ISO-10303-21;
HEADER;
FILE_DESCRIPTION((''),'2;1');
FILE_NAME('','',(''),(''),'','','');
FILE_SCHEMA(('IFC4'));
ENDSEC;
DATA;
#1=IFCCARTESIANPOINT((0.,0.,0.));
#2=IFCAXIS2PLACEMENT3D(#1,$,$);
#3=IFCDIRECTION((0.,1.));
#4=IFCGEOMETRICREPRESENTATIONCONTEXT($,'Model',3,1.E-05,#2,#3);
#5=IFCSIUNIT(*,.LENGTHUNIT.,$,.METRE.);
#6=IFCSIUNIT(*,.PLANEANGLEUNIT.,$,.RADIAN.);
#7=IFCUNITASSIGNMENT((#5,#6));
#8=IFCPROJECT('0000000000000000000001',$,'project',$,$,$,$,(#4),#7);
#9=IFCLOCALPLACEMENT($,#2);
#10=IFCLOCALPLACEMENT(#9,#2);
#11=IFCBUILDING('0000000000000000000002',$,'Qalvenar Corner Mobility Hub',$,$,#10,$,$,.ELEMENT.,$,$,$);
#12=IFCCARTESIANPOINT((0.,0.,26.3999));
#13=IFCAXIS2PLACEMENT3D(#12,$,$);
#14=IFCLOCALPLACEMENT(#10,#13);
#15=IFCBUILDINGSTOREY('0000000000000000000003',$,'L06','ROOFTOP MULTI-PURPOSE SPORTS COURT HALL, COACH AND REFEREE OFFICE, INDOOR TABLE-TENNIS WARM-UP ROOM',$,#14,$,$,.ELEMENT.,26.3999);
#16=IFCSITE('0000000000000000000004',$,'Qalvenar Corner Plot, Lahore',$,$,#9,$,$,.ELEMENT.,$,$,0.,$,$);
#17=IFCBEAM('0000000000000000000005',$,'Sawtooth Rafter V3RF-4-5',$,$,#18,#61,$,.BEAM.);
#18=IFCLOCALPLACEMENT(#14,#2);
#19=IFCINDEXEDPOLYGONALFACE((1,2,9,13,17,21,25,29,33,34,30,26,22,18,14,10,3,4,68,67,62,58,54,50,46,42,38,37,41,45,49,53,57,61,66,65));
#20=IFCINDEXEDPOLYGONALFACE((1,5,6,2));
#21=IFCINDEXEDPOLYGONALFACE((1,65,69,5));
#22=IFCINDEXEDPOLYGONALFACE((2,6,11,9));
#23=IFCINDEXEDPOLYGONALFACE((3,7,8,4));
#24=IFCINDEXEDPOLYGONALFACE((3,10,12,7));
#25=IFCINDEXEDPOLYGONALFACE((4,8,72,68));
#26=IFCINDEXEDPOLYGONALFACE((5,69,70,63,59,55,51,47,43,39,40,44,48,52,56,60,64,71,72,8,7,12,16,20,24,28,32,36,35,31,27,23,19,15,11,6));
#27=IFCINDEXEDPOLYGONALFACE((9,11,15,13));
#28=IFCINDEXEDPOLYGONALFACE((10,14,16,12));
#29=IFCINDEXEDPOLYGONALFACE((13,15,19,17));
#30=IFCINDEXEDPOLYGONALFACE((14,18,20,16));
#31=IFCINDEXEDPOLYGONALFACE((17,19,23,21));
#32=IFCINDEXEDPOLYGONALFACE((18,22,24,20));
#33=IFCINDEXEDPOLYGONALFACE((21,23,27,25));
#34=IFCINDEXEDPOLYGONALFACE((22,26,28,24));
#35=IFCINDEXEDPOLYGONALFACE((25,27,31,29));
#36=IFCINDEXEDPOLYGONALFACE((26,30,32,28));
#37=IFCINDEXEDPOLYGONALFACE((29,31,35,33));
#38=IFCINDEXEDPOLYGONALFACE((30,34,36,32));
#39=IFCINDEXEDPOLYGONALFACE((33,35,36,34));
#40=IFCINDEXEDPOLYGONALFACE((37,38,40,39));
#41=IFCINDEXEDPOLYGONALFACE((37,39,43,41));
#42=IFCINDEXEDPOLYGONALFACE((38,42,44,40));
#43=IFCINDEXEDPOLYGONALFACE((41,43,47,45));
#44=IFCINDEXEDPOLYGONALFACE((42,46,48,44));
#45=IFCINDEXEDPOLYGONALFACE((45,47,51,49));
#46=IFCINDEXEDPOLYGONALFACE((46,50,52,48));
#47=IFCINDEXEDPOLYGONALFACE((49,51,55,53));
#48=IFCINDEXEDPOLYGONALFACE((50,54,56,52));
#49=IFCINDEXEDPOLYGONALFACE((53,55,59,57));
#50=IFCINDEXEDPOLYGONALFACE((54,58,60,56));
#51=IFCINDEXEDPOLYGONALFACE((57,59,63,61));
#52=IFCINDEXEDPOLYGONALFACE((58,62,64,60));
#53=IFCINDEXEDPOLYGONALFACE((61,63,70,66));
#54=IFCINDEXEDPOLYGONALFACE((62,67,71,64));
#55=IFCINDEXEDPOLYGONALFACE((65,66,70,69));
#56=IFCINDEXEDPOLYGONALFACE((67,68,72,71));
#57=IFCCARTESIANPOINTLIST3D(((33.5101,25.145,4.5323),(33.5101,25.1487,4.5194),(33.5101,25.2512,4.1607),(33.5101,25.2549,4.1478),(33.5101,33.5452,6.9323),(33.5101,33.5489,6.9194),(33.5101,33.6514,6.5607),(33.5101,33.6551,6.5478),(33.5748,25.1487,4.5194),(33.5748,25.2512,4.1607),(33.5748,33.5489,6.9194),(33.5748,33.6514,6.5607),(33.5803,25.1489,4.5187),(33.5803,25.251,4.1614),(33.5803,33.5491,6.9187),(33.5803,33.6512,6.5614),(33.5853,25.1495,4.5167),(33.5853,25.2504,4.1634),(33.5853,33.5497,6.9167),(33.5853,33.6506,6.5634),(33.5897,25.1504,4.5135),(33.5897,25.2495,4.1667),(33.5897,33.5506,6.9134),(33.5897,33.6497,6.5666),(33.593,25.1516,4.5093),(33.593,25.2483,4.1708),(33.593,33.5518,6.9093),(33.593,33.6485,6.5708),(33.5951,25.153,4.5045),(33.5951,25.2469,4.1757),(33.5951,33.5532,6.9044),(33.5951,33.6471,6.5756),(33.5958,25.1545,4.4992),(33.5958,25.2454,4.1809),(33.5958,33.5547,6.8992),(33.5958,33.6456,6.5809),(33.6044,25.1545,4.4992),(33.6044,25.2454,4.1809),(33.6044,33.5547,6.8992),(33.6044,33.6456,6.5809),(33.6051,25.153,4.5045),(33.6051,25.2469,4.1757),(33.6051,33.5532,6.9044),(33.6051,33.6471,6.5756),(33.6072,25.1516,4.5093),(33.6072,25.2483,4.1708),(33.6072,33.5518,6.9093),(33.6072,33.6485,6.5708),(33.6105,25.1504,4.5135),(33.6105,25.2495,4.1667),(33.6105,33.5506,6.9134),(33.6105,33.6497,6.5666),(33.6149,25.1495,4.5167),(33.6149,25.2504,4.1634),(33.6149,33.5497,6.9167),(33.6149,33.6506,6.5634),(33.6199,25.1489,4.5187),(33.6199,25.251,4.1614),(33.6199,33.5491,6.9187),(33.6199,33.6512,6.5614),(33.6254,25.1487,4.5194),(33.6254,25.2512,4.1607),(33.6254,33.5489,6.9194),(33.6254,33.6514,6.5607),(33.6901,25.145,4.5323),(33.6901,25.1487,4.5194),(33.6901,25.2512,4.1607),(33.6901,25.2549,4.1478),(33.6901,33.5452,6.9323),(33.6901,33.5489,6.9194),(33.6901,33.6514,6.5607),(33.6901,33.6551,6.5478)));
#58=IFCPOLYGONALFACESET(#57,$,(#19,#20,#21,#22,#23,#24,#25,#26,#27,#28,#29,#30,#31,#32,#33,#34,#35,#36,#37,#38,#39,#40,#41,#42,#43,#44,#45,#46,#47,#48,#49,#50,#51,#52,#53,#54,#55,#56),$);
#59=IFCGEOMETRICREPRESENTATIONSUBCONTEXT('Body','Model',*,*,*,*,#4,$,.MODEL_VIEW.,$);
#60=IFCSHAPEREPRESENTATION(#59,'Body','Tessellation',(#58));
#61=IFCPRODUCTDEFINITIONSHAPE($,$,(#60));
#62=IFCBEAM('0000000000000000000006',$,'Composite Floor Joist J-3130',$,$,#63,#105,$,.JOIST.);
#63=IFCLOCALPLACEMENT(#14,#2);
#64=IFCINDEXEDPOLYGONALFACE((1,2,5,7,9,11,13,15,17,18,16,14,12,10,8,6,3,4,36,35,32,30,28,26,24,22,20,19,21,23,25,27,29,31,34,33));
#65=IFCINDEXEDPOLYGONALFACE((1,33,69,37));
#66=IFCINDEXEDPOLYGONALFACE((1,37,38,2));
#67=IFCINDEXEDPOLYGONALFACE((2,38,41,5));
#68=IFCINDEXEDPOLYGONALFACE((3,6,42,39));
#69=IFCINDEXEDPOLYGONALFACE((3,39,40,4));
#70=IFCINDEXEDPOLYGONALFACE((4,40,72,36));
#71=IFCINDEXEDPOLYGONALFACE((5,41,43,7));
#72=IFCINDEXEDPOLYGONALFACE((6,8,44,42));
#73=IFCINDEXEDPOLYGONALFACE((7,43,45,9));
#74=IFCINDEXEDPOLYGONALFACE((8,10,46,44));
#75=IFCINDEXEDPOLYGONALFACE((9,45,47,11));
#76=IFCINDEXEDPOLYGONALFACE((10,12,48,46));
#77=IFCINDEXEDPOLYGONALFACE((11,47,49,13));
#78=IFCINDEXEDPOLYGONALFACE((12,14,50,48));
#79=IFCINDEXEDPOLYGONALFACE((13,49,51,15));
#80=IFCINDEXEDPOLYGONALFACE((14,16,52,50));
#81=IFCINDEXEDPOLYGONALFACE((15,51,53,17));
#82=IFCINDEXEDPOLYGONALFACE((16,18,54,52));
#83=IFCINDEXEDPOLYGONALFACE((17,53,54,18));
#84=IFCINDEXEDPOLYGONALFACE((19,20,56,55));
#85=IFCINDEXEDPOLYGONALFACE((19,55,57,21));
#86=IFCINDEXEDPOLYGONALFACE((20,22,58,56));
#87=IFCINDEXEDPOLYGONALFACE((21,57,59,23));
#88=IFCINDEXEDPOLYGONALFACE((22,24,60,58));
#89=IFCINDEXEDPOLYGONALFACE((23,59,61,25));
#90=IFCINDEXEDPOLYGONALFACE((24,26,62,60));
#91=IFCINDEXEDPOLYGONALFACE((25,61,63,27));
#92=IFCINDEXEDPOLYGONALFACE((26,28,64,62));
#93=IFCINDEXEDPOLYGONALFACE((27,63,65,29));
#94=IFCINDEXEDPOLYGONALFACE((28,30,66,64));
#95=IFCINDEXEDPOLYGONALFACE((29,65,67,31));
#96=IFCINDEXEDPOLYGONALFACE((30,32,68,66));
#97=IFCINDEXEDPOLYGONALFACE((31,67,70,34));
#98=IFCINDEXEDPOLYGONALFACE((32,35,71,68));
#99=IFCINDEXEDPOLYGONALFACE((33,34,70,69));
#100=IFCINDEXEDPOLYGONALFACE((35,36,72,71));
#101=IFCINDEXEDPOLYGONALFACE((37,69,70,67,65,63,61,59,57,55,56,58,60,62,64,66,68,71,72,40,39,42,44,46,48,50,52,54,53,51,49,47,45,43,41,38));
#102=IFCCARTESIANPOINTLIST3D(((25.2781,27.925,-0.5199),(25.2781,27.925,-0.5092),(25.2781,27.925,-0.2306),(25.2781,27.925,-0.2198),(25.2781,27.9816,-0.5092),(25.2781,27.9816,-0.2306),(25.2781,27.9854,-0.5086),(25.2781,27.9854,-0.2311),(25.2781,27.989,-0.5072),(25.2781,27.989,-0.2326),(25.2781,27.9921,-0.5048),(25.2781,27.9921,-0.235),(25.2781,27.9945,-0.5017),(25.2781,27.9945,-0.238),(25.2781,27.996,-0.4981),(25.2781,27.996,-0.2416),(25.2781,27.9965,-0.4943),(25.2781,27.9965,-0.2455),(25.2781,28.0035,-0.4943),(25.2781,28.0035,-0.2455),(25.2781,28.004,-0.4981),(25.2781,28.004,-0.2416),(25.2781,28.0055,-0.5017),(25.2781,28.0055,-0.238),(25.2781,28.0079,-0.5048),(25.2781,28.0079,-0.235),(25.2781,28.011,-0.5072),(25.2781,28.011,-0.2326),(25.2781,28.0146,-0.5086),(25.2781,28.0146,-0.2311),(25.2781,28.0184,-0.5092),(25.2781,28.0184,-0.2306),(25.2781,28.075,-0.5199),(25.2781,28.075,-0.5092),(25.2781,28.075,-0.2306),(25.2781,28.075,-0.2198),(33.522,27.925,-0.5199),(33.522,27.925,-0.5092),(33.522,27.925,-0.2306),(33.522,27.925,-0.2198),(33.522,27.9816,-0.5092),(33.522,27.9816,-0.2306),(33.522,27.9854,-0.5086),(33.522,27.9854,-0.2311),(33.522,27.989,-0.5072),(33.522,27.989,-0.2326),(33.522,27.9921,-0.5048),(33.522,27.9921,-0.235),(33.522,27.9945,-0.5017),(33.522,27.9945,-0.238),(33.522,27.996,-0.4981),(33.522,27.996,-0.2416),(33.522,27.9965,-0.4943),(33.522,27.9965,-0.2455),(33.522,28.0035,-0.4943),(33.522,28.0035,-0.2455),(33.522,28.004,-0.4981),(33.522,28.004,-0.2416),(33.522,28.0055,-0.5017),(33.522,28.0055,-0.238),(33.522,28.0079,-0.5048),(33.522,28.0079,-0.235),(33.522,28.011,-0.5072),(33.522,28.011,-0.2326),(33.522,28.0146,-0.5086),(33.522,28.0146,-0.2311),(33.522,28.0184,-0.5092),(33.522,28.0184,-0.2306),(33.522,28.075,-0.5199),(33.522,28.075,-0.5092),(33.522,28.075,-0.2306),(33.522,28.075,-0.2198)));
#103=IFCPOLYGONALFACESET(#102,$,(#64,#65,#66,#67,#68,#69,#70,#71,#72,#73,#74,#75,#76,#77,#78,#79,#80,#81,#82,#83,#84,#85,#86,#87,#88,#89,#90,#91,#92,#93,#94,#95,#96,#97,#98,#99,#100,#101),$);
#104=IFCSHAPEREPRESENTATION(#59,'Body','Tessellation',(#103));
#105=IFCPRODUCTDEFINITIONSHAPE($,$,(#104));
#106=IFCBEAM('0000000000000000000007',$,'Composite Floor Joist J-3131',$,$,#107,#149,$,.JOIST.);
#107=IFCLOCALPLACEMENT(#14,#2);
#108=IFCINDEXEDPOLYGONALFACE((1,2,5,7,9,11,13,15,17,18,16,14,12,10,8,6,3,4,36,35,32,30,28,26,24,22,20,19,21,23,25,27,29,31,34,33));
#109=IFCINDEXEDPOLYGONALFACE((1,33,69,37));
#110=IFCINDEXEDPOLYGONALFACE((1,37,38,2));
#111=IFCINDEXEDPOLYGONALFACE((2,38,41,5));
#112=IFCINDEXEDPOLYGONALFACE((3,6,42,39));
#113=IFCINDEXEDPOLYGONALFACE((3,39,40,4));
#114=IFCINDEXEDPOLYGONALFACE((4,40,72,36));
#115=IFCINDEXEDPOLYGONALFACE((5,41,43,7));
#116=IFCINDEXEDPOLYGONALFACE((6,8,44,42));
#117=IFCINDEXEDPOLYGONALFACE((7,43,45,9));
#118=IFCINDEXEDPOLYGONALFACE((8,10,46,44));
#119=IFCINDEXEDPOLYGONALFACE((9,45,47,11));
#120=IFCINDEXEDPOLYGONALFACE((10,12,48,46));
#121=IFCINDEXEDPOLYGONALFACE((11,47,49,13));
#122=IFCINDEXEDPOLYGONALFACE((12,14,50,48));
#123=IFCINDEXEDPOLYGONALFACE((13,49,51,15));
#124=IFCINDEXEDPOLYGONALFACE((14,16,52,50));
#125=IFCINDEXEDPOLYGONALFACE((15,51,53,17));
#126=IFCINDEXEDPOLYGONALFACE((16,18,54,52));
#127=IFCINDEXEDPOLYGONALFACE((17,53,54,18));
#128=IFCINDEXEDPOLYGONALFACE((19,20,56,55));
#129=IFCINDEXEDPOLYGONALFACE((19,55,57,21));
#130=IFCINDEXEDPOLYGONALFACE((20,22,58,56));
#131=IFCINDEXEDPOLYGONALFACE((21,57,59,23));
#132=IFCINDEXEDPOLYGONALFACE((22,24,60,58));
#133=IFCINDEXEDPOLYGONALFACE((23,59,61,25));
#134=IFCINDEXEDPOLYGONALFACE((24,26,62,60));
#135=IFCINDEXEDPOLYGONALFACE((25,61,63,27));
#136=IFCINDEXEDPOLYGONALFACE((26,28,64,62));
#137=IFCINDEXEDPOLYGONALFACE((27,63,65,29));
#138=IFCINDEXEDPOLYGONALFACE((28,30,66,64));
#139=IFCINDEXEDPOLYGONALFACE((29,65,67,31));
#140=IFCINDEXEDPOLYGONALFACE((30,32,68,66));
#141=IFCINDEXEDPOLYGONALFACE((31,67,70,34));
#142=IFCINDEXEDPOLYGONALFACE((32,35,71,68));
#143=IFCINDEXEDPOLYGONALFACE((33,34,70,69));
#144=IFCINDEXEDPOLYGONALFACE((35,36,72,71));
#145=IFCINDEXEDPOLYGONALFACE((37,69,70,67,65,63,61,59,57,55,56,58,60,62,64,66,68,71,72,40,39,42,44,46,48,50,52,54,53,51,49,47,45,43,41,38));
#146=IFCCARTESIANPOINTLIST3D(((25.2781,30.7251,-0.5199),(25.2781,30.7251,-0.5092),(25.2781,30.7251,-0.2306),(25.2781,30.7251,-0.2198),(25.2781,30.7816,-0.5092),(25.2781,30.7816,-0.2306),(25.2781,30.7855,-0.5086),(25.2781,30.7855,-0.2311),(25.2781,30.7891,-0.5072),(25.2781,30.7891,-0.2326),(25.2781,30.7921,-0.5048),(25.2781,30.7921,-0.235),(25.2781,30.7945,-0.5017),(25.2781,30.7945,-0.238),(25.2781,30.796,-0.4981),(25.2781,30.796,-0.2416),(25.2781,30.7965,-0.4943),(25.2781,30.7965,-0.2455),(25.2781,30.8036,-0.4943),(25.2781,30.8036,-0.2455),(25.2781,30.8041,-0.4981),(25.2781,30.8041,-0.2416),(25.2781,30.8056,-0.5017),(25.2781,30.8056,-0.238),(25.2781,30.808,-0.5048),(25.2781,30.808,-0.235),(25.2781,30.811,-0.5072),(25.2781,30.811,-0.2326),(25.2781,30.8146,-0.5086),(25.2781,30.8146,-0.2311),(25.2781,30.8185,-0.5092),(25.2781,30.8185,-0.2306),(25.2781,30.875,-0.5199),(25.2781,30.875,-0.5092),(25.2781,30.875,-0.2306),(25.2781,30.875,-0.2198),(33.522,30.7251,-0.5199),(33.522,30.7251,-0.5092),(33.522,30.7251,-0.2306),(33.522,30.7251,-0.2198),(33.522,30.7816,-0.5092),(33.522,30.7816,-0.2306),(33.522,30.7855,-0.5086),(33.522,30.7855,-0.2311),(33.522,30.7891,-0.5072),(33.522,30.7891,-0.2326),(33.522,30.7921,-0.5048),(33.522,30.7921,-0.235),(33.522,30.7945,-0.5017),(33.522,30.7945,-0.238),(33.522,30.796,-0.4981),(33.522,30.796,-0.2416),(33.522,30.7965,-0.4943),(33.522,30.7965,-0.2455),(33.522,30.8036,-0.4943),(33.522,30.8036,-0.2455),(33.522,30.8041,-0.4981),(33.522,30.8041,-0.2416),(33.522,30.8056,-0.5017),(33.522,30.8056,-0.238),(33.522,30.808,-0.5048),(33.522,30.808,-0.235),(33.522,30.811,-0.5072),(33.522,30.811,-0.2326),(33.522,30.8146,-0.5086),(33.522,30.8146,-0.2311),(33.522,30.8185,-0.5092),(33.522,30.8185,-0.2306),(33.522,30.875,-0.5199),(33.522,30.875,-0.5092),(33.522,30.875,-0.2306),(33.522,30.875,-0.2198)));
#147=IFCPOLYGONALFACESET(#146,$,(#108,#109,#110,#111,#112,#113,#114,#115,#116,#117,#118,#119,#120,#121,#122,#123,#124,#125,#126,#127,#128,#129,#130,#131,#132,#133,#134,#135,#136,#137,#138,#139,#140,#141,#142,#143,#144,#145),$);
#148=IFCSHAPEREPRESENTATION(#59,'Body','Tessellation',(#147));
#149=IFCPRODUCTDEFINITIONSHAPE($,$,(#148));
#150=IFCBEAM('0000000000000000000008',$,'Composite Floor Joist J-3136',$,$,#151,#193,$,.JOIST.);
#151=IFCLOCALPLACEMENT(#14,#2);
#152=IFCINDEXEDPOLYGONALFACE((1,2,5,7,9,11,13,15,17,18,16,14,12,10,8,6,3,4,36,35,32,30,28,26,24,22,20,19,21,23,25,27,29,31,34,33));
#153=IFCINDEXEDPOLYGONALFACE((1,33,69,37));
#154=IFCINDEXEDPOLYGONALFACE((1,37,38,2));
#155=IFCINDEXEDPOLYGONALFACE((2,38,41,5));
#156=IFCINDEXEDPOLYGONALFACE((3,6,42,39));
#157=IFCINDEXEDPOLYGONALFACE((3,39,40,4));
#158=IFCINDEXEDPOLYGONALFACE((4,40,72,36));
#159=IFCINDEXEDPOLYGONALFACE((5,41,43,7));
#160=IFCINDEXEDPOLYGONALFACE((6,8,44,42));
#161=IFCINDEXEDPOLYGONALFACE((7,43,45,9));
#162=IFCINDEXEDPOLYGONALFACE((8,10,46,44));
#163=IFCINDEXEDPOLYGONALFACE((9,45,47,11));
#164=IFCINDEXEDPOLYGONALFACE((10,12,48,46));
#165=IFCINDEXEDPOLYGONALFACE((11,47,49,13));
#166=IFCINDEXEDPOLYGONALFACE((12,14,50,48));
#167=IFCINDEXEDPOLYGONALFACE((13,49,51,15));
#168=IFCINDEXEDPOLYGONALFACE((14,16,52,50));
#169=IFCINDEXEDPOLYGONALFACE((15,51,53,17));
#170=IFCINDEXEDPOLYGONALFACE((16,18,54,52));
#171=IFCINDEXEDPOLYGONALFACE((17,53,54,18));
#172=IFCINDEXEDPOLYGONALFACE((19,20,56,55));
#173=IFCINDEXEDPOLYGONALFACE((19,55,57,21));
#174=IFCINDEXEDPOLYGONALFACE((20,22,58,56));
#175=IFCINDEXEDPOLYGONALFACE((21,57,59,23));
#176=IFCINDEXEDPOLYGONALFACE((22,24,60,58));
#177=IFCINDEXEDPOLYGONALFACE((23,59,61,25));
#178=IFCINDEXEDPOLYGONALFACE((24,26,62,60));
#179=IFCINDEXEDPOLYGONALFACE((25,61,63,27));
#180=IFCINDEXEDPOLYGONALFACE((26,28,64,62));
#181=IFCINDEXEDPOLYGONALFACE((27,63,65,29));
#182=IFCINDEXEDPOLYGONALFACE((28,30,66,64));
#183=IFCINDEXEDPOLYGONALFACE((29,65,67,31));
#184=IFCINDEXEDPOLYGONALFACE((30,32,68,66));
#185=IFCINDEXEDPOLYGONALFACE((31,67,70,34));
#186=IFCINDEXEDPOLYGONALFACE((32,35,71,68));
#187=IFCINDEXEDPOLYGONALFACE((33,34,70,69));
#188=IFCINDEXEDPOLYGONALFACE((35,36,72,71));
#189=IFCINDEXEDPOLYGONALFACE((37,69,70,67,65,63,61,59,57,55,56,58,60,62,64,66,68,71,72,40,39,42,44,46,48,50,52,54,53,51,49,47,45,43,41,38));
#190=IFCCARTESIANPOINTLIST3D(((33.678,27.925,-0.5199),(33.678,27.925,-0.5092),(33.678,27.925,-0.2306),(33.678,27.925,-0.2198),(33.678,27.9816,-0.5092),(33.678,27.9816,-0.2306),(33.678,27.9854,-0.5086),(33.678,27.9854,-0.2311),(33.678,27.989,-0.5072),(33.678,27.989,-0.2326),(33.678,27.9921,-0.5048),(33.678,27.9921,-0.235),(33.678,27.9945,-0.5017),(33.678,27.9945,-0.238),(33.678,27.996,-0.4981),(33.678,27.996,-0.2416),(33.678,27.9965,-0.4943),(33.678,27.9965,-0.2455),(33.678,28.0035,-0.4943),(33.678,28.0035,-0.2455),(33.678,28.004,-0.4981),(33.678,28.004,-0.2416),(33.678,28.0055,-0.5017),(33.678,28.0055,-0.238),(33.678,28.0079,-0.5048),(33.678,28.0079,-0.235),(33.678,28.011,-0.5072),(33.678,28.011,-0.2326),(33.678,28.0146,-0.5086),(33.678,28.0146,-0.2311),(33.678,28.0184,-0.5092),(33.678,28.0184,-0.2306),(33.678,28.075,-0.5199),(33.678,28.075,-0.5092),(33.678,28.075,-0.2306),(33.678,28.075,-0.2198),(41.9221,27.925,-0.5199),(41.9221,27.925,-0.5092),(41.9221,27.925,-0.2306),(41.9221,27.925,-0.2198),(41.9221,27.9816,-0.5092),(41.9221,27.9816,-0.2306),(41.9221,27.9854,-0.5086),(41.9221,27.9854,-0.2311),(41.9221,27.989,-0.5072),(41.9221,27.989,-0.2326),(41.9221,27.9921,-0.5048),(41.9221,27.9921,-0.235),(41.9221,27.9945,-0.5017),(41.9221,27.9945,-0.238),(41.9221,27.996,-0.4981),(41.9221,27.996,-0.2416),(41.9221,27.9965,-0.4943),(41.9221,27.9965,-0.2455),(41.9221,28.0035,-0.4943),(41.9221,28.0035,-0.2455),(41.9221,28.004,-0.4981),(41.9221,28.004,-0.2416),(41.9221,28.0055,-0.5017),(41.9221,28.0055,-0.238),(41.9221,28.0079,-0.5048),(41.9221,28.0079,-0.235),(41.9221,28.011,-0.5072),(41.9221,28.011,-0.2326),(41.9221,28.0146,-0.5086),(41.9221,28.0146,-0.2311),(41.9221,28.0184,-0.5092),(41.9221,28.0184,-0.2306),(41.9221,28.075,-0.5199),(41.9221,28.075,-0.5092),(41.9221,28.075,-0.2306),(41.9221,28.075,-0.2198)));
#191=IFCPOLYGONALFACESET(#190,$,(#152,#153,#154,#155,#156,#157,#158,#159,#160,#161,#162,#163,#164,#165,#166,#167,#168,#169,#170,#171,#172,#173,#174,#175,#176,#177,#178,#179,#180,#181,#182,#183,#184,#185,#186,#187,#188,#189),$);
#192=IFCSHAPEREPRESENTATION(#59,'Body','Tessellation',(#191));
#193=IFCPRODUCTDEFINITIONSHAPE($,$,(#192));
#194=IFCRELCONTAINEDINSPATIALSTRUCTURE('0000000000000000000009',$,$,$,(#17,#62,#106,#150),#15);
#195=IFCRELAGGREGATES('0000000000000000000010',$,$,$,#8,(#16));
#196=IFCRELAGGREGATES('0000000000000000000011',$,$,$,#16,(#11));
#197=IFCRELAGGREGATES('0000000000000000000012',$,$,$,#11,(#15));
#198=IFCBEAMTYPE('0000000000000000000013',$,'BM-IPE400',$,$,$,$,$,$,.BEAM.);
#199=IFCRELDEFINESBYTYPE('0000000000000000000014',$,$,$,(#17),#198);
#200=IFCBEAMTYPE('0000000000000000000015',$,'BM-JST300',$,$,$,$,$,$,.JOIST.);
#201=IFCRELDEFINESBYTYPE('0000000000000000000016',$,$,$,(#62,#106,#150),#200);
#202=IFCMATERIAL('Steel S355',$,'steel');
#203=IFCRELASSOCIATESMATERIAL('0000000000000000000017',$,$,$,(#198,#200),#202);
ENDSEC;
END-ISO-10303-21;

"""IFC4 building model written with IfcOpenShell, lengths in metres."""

from ifc_helpers import new_model, si_unit, direction, frame, origin, origin_2d, place, context, subcontext, project, spatial, i_section, extrude, material, material_profile, profile_set, type_object, element, save


model = new_model("IFC4")

# Units and contexts
model_context = context("Model", 3, precision=1e-05, world=origin(), true_north=direction((0.0, 1.0)))
body_context = subcontext(model_context, "Body", "Model", "MODEL_VIEW")
ifc_project = project(units=[si_unit("LENGTHUNIT", "METRE"), si_unit("PLANEANGLEUNIT", "RADIAN")], contexts=[model_context])

# Site, building, storey
site_placement = place(None, origin())
site = spatial("IfcSite", under=ifc_project, at=site_placement, Name="Qalvenar Corner Plot, Lahore", CompositionType="ELEMENT", RefElevation=0.0)
building_placement = place(site_placement, origin())
building = spatial("IfcBuilding", under=site, at=building_placement, Name="Qalvenar Corner Mobility Hub", CompositionType="ELEMENT")
storey_placement = place(building_placement, frame((0.0, 0.0, 26.3999)))
storey = spatial("IfcBuildingStorey", under=building, at=storey_placement, Name="L06", Description="ROOFTOP MULTI-PURPOSE SPORTS COURT HALL, COACH AND REFEREE OFFICE, INDOOR TABLE-TENNIS WARM-UP ROOM", CompositionType="ELEMENT", Elevation=26.3999)

# Shared definitions
ifc_material_1 = material(Name="Steel S355", Category="steel")

# Beams
ifc_material_profile_1 = material_profile(ifc_material_1, i_section(OverallWidth=0.1799, OverallDepth=0.3999, WebThickness=0.0085, FlangeThickness=0.0134, FilletRadius=0.021, at=origin_2d()), Name="IPE400")
ifc_profile_set_1 = profile_set([ifc_material_profile_1], Name="Steel S355")
beam_type_1 = type_object("IfcBeamType", Name="BM-IPE400", PredefinedType="BEAM", material=ifc_profile_set_1)
beam_1_placement = place(storey_placement, frame((33.6001, 25.2, 4.3401), z_axis=(0.0, 0.961528, 0.274706), x_axis=(-1.0, 0.0, 0.0)))
element("IfcBeam", 1, at=beam_1_placement, inside=storey, type_object=beam_type_1, Name="Sawtooth Rafter V3RF-4-5", PredefinedType="BEAM", context=body_context, shape_type="SweptSolid", body=[
    extrude(i_section(OverallWidth=0.1799, OverallDepth=0.3999, WebThickness=0.0085, FlangeThickness=0.0134, FilletRadius=0.021, at=origin_2d()), origin(), (0.0, 0.0, 1.0), 8.7363),
])
ifc_material_profile_2 = material_profile(ifc_material_1, i_section(OverallWidth=0.1499, OverallDepth=0.3, WebThickness=0.0071, FlangeThickness=0.0107, FilletRadius=0.0149, at=origin_2d()), Name="IPE300")
ifc_profile_set_2 = profile_set([ifc_material_profile_2], Name="Steel S355")
beam_type_2 = type_object("IfcBeamType", Name="BM-JST300", PredefinedType="JOIST", material=ifc_profile_set_2)
for number, where, z_axis, x_axis, name in (
    (2, (25.2781, 28.0, -0.3699), (1.0, 0.0, 0.0), (0.0, 1.0, 0.0), "Composite Floor Joist J-3130"),
    (3, (25.2781, 30.8, -0.3699), (1.0, 0.0, 0.0), (0.0, 1.0, 0.0), "Composite Floor Joist J-3131"),
):
    element("IfcBeam", number, at=place(storey_placement, frame(where, z_axis=z_axis, x_axis=x_axis)), inside=storey, type_object=beam_type_2, Name=name, PredefinedType="JOIST", context=body_context, shape_type="SweptSolid", body=[
        extrude(i_section(OverallWidth=0.1499, OverallDepth=0.3, WebThickness=0.0071, FlangeThickness=0.0107, FilletRadius=0.0149, at=origin_2d()), origin(), (0.0, 0.0, 1.0), 8.2439),
    ])
for number, where, z_axis, x_axis, name in (
    (4, (33.678, 28.0, -0.3699), (1.0, 0.0, 0.0), (0.0, 1.0, 0.0), "Composite Floor Joist J-3136"),
):
    element("IfcBeam", number, at=place(storey_placement, frame(where, z_axis=z_axis, x_axis=x_axis)), inside=storey, type_object=beam_type_2, Name=name, PredefinedType="JOIST", context=body_context, shape_type="SweptSolid", body=[
        extrude(i_section(OverallWidth=0.1499, OverallDepth=0.3, WebThickness=0.0071, FlangeThickness=0.0107, FilletRadius=0.0149, at=origin_2d()), origin(), (0.0, 0.0, 1.0), 8.2441),
    ])

save(model, "model.ifc")
